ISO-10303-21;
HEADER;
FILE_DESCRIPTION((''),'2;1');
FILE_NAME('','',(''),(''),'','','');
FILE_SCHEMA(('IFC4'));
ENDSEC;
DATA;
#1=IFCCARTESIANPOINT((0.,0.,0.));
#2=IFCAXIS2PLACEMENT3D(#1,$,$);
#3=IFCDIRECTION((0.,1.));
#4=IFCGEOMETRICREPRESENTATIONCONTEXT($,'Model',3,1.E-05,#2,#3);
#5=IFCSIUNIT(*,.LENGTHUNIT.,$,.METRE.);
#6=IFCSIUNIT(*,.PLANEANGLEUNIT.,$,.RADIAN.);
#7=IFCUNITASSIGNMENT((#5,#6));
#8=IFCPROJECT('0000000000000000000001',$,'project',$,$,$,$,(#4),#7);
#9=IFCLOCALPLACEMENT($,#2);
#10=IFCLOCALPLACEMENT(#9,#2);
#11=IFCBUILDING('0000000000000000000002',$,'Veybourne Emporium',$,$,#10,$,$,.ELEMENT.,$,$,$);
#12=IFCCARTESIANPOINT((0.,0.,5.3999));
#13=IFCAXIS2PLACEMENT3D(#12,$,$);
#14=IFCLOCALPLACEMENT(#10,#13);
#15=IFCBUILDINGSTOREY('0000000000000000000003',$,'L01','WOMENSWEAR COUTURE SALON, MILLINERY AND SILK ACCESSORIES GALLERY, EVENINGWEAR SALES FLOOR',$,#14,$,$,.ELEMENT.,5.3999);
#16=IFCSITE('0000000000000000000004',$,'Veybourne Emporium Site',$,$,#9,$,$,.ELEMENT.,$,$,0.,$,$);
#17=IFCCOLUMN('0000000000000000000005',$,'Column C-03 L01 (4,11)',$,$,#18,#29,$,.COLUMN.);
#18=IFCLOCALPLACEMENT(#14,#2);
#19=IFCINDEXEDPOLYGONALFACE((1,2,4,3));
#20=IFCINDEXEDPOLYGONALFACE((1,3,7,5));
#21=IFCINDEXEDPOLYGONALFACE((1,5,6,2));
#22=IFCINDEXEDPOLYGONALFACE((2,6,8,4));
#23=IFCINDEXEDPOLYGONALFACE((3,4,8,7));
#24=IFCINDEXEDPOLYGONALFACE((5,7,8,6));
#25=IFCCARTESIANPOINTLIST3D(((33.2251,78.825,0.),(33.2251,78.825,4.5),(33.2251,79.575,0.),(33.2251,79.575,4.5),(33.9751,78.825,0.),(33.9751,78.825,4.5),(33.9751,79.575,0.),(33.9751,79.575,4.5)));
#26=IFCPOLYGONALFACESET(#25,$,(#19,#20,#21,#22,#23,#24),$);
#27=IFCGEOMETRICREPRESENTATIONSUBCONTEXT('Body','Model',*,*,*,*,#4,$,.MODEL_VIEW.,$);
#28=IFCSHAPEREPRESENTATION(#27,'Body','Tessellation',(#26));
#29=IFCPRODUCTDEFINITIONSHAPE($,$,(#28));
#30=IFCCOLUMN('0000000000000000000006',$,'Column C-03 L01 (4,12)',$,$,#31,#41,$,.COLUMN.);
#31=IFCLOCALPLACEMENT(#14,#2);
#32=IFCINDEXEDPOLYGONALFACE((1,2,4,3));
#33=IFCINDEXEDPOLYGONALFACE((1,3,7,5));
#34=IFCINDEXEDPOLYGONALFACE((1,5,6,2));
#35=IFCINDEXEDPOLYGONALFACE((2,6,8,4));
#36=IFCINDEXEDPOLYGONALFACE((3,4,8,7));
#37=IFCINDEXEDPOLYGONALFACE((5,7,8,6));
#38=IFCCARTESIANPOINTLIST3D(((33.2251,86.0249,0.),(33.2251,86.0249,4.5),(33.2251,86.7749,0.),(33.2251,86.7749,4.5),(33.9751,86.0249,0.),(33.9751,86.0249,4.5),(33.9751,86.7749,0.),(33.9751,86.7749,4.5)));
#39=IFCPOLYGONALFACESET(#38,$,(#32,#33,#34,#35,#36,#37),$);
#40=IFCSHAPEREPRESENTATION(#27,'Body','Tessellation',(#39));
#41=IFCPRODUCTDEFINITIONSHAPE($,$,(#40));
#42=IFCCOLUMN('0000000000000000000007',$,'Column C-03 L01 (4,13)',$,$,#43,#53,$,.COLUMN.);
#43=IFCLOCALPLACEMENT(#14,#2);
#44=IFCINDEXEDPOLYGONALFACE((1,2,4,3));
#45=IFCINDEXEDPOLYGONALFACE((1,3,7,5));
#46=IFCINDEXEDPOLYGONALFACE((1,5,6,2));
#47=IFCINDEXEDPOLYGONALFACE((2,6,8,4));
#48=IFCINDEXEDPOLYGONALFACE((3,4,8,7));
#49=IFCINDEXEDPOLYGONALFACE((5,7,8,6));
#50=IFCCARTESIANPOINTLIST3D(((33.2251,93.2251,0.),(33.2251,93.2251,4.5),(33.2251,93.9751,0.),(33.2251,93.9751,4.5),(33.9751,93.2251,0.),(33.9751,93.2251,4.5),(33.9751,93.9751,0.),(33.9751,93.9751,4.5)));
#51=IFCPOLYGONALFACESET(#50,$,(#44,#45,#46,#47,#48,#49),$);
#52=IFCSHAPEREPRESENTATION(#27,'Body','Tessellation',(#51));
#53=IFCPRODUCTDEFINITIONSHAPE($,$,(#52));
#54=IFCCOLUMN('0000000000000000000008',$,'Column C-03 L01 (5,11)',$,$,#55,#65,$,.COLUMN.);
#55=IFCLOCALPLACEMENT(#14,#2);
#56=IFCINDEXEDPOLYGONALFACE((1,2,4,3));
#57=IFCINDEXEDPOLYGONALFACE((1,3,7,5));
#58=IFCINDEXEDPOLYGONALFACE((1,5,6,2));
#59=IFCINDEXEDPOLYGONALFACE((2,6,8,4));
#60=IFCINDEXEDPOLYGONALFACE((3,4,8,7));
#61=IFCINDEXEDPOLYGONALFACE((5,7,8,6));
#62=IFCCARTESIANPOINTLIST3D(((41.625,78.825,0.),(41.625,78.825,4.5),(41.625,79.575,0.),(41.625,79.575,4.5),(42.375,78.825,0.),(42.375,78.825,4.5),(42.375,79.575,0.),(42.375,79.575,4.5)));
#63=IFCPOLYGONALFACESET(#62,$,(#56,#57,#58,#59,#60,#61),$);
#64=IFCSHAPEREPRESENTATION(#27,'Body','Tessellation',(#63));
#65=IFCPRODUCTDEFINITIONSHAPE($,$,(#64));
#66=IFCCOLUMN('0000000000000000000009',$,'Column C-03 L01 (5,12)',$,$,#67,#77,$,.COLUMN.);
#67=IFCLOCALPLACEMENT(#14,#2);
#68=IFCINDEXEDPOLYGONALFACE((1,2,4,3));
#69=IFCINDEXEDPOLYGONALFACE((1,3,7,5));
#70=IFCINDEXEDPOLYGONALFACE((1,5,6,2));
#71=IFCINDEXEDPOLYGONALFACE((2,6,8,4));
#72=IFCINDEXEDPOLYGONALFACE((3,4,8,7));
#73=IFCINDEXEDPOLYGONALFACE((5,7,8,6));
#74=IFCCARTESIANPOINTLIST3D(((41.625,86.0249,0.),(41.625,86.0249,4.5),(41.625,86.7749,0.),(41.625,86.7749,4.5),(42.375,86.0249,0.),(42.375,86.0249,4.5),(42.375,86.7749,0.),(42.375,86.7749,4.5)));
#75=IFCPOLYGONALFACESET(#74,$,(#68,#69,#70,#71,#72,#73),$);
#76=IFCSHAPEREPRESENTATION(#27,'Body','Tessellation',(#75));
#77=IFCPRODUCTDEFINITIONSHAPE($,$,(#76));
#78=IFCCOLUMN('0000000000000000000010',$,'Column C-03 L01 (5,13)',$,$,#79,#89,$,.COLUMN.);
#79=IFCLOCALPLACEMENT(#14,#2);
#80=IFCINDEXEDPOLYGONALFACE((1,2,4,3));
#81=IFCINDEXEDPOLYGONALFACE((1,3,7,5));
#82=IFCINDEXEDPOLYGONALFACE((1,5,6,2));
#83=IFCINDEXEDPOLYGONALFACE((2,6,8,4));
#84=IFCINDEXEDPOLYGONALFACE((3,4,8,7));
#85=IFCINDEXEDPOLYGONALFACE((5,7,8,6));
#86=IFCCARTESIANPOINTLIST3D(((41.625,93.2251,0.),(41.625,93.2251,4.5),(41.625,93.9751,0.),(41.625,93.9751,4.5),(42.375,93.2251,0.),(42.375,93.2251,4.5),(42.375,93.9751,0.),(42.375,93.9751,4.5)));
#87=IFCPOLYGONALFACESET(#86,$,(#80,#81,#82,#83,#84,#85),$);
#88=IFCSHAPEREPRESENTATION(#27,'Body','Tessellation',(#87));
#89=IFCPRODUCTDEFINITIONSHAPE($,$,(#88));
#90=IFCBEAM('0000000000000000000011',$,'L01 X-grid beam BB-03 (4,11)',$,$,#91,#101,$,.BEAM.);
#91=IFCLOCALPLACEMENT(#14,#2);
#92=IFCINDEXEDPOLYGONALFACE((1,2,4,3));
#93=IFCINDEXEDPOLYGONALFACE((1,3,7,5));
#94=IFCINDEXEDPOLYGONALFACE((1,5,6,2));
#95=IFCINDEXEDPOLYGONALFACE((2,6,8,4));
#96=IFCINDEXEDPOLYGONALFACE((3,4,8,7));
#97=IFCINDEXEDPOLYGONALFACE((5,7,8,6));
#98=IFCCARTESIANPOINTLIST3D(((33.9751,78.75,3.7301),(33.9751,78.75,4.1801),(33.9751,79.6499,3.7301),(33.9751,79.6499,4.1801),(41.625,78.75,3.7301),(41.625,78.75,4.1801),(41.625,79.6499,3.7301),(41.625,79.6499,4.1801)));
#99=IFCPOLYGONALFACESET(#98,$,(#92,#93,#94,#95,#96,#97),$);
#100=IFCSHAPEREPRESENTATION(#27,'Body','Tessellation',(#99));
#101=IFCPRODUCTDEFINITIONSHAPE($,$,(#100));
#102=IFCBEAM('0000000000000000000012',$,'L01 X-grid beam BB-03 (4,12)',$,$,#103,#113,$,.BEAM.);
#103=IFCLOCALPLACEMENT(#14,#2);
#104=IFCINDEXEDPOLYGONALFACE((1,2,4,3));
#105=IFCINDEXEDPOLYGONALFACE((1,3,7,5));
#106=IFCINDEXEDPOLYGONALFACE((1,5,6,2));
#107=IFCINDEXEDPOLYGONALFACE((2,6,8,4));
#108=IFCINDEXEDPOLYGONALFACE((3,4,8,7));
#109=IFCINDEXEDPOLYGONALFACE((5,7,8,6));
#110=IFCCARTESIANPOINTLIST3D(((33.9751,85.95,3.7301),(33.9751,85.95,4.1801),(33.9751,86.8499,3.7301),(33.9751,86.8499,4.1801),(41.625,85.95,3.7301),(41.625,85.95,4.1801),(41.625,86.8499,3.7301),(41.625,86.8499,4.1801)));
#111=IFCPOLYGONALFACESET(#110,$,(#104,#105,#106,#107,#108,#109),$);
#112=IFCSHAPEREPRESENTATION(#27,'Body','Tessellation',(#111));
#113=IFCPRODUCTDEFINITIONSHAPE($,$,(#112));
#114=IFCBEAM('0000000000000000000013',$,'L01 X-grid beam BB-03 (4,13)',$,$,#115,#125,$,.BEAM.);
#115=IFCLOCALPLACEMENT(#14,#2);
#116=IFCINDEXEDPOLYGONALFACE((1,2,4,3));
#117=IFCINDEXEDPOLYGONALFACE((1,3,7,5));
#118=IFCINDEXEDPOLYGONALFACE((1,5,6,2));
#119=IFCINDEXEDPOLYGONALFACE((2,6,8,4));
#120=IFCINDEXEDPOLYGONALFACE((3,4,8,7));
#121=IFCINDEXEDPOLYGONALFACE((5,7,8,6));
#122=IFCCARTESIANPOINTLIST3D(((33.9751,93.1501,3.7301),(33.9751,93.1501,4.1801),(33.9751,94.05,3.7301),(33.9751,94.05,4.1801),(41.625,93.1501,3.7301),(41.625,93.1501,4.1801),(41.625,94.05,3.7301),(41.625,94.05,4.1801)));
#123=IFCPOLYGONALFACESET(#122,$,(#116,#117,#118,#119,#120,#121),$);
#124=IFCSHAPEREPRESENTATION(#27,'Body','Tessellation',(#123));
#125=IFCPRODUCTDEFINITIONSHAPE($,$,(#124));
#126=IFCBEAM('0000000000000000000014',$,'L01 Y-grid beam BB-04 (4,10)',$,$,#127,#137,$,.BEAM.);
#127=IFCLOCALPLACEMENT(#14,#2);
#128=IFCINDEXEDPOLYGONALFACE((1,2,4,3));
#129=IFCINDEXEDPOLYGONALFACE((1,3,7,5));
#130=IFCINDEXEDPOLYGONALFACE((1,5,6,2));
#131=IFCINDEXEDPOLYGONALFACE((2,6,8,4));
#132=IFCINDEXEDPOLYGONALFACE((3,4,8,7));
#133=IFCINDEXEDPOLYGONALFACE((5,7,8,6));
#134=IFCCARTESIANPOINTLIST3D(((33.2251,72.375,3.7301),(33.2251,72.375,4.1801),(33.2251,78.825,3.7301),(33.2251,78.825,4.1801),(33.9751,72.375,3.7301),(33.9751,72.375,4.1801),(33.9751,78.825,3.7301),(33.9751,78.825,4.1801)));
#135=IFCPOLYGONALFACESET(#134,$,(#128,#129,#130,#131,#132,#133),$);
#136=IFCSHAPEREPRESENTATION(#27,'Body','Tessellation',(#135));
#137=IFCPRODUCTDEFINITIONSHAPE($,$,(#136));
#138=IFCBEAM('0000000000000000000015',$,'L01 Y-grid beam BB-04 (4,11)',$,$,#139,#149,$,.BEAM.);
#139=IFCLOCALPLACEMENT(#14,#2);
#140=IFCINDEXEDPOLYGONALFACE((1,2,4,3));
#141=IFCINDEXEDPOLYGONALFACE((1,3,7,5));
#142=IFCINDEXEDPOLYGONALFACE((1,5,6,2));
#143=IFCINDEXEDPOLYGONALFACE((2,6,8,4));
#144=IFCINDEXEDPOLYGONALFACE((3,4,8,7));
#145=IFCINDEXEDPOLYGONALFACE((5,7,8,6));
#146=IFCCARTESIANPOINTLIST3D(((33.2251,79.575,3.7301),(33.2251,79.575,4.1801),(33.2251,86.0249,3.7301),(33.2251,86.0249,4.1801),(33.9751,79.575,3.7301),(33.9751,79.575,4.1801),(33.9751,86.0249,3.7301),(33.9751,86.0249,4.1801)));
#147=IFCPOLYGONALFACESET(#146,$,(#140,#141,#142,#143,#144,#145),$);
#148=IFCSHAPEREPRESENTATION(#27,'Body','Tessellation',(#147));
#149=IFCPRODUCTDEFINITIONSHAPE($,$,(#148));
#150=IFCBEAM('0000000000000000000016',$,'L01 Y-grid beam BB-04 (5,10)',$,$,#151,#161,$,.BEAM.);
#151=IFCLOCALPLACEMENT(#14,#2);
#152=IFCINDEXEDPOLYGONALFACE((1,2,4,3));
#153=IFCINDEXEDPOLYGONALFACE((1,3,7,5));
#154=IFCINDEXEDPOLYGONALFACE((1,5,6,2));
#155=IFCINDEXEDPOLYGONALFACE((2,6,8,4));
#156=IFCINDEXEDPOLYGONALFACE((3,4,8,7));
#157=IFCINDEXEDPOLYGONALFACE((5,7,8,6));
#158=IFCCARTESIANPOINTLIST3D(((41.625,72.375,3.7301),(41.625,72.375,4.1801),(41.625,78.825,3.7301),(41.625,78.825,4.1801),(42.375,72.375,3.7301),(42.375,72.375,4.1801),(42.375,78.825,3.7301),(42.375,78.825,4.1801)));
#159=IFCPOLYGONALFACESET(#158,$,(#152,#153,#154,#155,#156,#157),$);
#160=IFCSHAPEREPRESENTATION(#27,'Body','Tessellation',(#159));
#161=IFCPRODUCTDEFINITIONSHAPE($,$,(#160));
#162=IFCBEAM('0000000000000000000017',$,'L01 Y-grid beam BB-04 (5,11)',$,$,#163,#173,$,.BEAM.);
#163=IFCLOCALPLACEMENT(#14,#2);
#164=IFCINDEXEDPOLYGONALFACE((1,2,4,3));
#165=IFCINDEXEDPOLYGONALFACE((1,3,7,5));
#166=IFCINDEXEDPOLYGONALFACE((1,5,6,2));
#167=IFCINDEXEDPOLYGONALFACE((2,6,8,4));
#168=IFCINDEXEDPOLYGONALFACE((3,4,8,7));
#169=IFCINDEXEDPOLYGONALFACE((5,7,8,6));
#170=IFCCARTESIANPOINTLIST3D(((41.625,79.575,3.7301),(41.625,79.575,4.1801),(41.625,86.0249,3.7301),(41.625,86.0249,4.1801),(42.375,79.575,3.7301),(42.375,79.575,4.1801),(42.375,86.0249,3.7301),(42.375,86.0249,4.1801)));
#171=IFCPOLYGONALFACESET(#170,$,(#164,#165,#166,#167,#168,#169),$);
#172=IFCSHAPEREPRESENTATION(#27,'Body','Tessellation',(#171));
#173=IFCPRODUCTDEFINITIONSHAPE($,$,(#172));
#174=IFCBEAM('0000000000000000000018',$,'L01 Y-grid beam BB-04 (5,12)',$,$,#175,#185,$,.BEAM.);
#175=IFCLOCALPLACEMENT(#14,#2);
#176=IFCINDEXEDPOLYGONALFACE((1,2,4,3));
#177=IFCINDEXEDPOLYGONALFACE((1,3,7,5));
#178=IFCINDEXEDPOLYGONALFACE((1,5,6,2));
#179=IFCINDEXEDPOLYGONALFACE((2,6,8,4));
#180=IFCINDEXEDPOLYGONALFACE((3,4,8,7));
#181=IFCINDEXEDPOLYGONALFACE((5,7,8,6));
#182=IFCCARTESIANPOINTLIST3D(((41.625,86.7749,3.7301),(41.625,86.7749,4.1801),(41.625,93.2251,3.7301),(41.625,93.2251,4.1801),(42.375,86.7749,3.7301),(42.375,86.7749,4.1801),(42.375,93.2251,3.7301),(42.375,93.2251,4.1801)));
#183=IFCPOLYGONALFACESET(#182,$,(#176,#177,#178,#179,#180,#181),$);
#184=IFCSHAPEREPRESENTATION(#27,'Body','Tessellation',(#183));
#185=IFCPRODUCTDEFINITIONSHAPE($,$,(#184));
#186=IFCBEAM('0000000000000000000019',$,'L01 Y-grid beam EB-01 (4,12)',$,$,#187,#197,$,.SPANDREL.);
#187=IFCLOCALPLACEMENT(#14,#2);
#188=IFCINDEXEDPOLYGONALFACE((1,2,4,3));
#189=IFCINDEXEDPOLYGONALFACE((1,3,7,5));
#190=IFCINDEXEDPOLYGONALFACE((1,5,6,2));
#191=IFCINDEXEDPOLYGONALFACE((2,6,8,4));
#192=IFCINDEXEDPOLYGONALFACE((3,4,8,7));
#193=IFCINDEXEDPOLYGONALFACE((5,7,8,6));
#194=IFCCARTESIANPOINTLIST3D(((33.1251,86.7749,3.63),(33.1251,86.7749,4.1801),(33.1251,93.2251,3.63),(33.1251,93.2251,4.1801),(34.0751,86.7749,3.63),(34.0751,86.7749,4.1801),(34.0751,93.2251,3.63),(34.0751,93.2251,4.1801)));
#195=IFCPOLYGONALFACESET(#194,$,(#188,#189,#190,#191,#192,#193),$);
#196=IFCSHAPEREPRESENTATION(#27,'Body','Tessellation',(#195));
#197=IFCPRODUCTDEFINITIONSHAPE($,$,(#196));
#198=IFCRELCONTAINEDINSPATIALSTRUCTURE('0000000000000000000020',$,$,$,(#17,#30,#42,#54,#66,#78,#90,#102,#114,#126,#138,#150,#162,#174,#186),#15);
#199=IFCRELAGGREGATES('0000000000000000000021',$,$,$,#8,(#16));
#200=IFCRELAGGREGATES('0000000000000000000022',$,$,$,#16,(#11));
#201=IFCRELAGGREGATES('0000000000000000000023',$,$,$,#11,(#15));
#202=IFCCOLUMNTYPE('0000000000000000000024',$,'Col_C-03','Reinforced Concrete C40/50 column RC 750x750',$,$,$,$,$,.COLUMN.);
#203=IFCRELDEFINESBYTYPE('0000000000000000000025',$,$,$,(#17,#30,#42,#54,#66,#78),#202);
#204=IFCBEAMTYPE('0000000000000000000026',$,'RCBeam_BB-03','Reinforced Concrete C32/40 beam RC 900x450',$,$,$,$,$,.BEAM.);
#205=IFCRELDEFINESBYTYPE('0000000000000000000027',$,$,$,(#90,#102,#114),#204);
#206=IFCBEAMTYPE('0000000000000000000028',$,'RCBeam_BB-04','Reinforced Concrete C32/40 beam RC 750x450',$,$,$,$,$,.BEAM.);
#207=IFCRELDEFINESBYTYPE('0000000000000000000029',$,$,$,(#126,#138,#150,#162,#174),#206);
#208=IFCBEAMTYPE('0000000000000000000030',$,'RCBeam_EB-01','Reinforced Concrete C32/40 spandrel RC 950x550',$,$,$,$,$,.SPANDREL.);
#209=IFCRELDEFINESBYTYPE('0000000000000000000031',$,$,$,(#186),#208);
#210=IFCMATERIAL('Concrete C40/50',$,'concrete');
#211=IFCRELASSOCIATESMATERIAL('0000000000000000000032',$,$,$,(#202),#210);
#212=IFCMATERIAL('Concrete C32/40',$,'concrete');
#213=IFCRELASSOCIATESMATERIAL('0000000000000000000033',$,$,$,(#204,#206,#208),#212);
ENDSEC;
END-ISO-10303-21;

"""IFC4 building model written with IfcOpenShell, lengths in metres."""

from ifc_helpers import new_model, si_unit, direction, frame, origin, origin_2d, place, context, subcontext, project, spatial, rectangle, extrude, material, material_profile, profile_set, type_object, element, save


model = new_model("IFC4")

# Units and contexts
model_context = context("Model", 3, precision=1e-05, world=origin(), true_north=direction((0.0, 1.0)))
body_context = subcontext(model_context, "Body", "Model", "MODEL_VIEW")
ifc_project = project(units=[si_unit("LENGTHUNIT", "METRE"), si_unit("PLANEANGLEUNIT", "RADIAN")], contexts=[model_context])

# Site, building, storey
site_placement = place(None, origin())
site = spatial("IfcSite", under=ifc_project, at=site_placement, Name="Veybourne Emporium Site", CompositionType="ELEMENT", RefElevation=0.0)
building_placement = place(site_placement, origin())
building = spatial("IfcBuilding", under=site, at=building_placement, Name="Veybourne Emporium", CompositionType="ELEMENT")
storey_placement = place(building_placement, frame((0.0, 0.0, 5.3999)))
storey = spatial("IfcBuildingStorey", under=building, at=storey_placement, Name="L01", Description="WOMENSWEAR COUTURE SALON, MILLINERY AND SILK ACCESSORIES GALLERY, EVENINGWEAR SALES FLOOR", CompositionType="ELEMENT", Elevation=5.3999)

# Columns
ifc_material_1 = material(Name="Concrete C40/50", Category="concrete")
ifc_material_profile_1 = material_profile(ifc_material_1, rectangle(XDim=0.75, YDim=0.75, at=origin_2d()), Name="RC 750x750")
ifc_profile_set_1 = profile_set([ifc_material_profile_1], Name="Concrete C40/50")
column_type = type_object("IfcColumnType", Name="Col_C-03", Description="Reinforced Concrete C40/50 column RC 750x750", PredefinedType="COLUMN", material=ifc_profile_set_1)
for number, where, z_axis, x_axis, name in (
    (1, (33.6001, 79.2, 0.0), (0.0, 0.0, 1.0), (1.0, 0.0, 0.0), "Column C-03 L01 (4,11)"),
    (2, (33.6001, 86.3999, 0.0), (0.0, 0.0, 1.0), (1.0, 0.0, 0.0), "Column C-03 L01 (4,12)"),
    (3, (33.6001, 93.6001, 0.0), (0.0, 0.0, 1.0), (1.0, 0.0, 0.0), "Column C-03 L01 (4,13)"),
    (4, (42.0, 79.2, 0.0), (0.0, 0.0, 1.0), (1.0, 0.0, 0.0), "Column C-03 L01 (5,11)"),
    (5, (42.0, 86.3999, 0.0), (0.0, 0.0, 1.0), (1.0, 0.0, 0.0), "Column C-03 L01 (5,12)"),
    (6, (42.0, 93.6001, 0.0), (0.0, 0.0, 1.0), (1.0, 0.0, 0.0), "Column C-03 L01 (5,13)"),
):
    element("IfcColumn", number, at=place(storey_placement, frame(where, z_axis=z_axis, x_axis=x_axis)), inside=storey, type_object=column_type, Name=name, PredefinedType="COLUMN", context=body_context, shape_type="SweptSolid", body=[
        extrude(rectangle(XDim=0.75, YDim=0.75, at=origin_2d()), origin(), (0.0, 0.0, 1.0), 4.5),
    ])

# Beams
ifc_material_2 = material(Name="Concrete C32/40", Category="concrete")
ifc_material_profile_2 = material_profile(ifc_material_2, rectangle(XDim=0.8999, YDim=0.45, at=origin_2d()), Name="RC 900x450")
ifc_profile_set_2 = profile_set([ifc_material_profile_2], Name="Concrete C32/40")
beam_type_1 = type_object("IfcBeamType", Name="RCBeam_BB-03", Description="Reinforced Concrete C32/40 beam RC 900x450", PredefinedType="BEAM", material=ifc_profile_set_2)
for number, where, z_axis, x_axis, name in (
    (7, (33.9751, 79.2, 3.9551), (1.0, 0.0, 0.0), (0.0, 1.0, 0.0), "L01 X-grid beam BB-03 (4,11)"),
    (8, (33.9751, 86.3999, 3.9551), (1.0, 0.0, 0.0), (0.0, 1.0, 0.0), "L01 X-grid beam BB-03 (4,12)"),
    (9, (33.9751, 93.6001, 3.9551), (1.0, 0.0, 0.0), (0.0, 1.0, 0.0), "L01 X-grid beam BB-03 (4,13)"),
):
    element("IfcBeam", number, at=place(storey_placement, frame(where, z_axis=z_axis, x_axis=x_axis)), inside=storey, type_object=beam_type_1, Name=name, PredefinedType="BEAM", context=body_context, shape_type="SweptSolid", body=[
        extrude(rectangle(XDim=0.8999, YDim=0.45, at=origin_2d()), origin(), (0.0, 0.0, 1.0), 7.6499),
    ])
ifc_material_profile_3 = material_profile(ifc_material_2, rectangle(XDim=0.75, YDim=0.45, at=origin_2d()), Name="RC 750x450")
ifc_profile_set_3 = profile_set([ifc_material_profile_3], Name="Concrete C32/40")
beam_type_2 = type_object("IfcBeamType", Name="RCBeam_BB-04", Description="Reinforced Concrete C32/40 beam RC 750x450", PredefinedType="BEAM", material=ifc_profile_set_3)
for number, where, z_axis, x_axis, name in (
    (10, (33.6001, 72.375, 3.9551), (0.0, 1.0, 0.0), (-1.0, 0.0, 0.0), "L01 Y-grid beam BB-04 (4,10)"),
    (11, (33.6001, 79.575, 3.9551), (0.0, 1.0, 0.0), (-1.0, 0.0, 0.0), "L01 Y-grid beam BB-04 (4,11)"),
    (12, (42.0, 72.375, 3.9551), (0.0, 1.0, 0.0), (-1.0, 0.0, 0.0), "L01 Y-grid beam BB-04 (5,10)"),
    (13, (42.0, 79.575, 3.9551), (0.0, 1.0, 0.0), (-1.0, 0.0, 0.0), "L01 Y-grid beam BB-04 (5,11)"),
):
    element("IfcBeam", number, at=place(storey_placement, frame(where, z_axis=z_axis, x_axis=x_axis)), inside=storey, type_object=beam_type_2, Name=name, PredefinedType="BEAM", context=body_context, shape_type="SweptSolid", body=[
        extrude(rectangle(XDim=0.75, YDim=0.45, at=origin_2d()), origin(), (0.0, 0.0, 1.0), 6.45),
    ])
beam_1_placement = place(storey_placement, frame((42.0, 86.7749, 3.9551), z_axis=(0.0, 1.0, 0.0), x_axis=(-1.0, 0.0, 0.0)))
element("IfcBeam", 14, at=beam_1_placement, inside=storey, type_object=beam_type_2, Name="L01 Y-grid beam BB-04 (5,12)", PredefinedType="BEAM", context=body_context, shape_type="SweptSolid", body=[
    extrude(rectangle(XDim=0.75, YDim=0.45, at=origin_2d()), origin(), (0.0, 0.0, 1.0), 6.4502),
])
ifc_material_profile_4 = material_profile(ifc_material_2, rectangle(XDim=0.95, YDim=0.55, at=origin_2d()), Name="RC 950x550")
ifc_profile_set_4 = profile_set([ifc_material_profile_4], Name="Concrete C32/40")
beam_type_3 = type_object("IfcBeamType", Name="RCBeam_EB-01", Description="Reinforced Concrete C32/40 spandrel RC 950x550", PredefinedType="SPANDREL", material=ifc_profile_set_4)
beam_2_placement = place(storey_placement, frame((33.6001, 86.7749, 3.905), z_axis=(0.0, 1.0, 0.0), x_axis=(-1.0, 0.0, 0.0)))
element("IfcBeam", 15, at=beam_2_placement, inside=storey, type_object=beam_type_3, Name="L01 Y-grid beam EB-01 (4,12)", PredefinedType="SPANDREL", context=body_context, shape_type="SweptSolid", body=[
    extrude(rectangle(XDim=0.95, YDim=0.55, at=origin_2d()), origin(), (0.0, 0.0, 1.0), 6.4502),
])

save(model, "model.ifc")
